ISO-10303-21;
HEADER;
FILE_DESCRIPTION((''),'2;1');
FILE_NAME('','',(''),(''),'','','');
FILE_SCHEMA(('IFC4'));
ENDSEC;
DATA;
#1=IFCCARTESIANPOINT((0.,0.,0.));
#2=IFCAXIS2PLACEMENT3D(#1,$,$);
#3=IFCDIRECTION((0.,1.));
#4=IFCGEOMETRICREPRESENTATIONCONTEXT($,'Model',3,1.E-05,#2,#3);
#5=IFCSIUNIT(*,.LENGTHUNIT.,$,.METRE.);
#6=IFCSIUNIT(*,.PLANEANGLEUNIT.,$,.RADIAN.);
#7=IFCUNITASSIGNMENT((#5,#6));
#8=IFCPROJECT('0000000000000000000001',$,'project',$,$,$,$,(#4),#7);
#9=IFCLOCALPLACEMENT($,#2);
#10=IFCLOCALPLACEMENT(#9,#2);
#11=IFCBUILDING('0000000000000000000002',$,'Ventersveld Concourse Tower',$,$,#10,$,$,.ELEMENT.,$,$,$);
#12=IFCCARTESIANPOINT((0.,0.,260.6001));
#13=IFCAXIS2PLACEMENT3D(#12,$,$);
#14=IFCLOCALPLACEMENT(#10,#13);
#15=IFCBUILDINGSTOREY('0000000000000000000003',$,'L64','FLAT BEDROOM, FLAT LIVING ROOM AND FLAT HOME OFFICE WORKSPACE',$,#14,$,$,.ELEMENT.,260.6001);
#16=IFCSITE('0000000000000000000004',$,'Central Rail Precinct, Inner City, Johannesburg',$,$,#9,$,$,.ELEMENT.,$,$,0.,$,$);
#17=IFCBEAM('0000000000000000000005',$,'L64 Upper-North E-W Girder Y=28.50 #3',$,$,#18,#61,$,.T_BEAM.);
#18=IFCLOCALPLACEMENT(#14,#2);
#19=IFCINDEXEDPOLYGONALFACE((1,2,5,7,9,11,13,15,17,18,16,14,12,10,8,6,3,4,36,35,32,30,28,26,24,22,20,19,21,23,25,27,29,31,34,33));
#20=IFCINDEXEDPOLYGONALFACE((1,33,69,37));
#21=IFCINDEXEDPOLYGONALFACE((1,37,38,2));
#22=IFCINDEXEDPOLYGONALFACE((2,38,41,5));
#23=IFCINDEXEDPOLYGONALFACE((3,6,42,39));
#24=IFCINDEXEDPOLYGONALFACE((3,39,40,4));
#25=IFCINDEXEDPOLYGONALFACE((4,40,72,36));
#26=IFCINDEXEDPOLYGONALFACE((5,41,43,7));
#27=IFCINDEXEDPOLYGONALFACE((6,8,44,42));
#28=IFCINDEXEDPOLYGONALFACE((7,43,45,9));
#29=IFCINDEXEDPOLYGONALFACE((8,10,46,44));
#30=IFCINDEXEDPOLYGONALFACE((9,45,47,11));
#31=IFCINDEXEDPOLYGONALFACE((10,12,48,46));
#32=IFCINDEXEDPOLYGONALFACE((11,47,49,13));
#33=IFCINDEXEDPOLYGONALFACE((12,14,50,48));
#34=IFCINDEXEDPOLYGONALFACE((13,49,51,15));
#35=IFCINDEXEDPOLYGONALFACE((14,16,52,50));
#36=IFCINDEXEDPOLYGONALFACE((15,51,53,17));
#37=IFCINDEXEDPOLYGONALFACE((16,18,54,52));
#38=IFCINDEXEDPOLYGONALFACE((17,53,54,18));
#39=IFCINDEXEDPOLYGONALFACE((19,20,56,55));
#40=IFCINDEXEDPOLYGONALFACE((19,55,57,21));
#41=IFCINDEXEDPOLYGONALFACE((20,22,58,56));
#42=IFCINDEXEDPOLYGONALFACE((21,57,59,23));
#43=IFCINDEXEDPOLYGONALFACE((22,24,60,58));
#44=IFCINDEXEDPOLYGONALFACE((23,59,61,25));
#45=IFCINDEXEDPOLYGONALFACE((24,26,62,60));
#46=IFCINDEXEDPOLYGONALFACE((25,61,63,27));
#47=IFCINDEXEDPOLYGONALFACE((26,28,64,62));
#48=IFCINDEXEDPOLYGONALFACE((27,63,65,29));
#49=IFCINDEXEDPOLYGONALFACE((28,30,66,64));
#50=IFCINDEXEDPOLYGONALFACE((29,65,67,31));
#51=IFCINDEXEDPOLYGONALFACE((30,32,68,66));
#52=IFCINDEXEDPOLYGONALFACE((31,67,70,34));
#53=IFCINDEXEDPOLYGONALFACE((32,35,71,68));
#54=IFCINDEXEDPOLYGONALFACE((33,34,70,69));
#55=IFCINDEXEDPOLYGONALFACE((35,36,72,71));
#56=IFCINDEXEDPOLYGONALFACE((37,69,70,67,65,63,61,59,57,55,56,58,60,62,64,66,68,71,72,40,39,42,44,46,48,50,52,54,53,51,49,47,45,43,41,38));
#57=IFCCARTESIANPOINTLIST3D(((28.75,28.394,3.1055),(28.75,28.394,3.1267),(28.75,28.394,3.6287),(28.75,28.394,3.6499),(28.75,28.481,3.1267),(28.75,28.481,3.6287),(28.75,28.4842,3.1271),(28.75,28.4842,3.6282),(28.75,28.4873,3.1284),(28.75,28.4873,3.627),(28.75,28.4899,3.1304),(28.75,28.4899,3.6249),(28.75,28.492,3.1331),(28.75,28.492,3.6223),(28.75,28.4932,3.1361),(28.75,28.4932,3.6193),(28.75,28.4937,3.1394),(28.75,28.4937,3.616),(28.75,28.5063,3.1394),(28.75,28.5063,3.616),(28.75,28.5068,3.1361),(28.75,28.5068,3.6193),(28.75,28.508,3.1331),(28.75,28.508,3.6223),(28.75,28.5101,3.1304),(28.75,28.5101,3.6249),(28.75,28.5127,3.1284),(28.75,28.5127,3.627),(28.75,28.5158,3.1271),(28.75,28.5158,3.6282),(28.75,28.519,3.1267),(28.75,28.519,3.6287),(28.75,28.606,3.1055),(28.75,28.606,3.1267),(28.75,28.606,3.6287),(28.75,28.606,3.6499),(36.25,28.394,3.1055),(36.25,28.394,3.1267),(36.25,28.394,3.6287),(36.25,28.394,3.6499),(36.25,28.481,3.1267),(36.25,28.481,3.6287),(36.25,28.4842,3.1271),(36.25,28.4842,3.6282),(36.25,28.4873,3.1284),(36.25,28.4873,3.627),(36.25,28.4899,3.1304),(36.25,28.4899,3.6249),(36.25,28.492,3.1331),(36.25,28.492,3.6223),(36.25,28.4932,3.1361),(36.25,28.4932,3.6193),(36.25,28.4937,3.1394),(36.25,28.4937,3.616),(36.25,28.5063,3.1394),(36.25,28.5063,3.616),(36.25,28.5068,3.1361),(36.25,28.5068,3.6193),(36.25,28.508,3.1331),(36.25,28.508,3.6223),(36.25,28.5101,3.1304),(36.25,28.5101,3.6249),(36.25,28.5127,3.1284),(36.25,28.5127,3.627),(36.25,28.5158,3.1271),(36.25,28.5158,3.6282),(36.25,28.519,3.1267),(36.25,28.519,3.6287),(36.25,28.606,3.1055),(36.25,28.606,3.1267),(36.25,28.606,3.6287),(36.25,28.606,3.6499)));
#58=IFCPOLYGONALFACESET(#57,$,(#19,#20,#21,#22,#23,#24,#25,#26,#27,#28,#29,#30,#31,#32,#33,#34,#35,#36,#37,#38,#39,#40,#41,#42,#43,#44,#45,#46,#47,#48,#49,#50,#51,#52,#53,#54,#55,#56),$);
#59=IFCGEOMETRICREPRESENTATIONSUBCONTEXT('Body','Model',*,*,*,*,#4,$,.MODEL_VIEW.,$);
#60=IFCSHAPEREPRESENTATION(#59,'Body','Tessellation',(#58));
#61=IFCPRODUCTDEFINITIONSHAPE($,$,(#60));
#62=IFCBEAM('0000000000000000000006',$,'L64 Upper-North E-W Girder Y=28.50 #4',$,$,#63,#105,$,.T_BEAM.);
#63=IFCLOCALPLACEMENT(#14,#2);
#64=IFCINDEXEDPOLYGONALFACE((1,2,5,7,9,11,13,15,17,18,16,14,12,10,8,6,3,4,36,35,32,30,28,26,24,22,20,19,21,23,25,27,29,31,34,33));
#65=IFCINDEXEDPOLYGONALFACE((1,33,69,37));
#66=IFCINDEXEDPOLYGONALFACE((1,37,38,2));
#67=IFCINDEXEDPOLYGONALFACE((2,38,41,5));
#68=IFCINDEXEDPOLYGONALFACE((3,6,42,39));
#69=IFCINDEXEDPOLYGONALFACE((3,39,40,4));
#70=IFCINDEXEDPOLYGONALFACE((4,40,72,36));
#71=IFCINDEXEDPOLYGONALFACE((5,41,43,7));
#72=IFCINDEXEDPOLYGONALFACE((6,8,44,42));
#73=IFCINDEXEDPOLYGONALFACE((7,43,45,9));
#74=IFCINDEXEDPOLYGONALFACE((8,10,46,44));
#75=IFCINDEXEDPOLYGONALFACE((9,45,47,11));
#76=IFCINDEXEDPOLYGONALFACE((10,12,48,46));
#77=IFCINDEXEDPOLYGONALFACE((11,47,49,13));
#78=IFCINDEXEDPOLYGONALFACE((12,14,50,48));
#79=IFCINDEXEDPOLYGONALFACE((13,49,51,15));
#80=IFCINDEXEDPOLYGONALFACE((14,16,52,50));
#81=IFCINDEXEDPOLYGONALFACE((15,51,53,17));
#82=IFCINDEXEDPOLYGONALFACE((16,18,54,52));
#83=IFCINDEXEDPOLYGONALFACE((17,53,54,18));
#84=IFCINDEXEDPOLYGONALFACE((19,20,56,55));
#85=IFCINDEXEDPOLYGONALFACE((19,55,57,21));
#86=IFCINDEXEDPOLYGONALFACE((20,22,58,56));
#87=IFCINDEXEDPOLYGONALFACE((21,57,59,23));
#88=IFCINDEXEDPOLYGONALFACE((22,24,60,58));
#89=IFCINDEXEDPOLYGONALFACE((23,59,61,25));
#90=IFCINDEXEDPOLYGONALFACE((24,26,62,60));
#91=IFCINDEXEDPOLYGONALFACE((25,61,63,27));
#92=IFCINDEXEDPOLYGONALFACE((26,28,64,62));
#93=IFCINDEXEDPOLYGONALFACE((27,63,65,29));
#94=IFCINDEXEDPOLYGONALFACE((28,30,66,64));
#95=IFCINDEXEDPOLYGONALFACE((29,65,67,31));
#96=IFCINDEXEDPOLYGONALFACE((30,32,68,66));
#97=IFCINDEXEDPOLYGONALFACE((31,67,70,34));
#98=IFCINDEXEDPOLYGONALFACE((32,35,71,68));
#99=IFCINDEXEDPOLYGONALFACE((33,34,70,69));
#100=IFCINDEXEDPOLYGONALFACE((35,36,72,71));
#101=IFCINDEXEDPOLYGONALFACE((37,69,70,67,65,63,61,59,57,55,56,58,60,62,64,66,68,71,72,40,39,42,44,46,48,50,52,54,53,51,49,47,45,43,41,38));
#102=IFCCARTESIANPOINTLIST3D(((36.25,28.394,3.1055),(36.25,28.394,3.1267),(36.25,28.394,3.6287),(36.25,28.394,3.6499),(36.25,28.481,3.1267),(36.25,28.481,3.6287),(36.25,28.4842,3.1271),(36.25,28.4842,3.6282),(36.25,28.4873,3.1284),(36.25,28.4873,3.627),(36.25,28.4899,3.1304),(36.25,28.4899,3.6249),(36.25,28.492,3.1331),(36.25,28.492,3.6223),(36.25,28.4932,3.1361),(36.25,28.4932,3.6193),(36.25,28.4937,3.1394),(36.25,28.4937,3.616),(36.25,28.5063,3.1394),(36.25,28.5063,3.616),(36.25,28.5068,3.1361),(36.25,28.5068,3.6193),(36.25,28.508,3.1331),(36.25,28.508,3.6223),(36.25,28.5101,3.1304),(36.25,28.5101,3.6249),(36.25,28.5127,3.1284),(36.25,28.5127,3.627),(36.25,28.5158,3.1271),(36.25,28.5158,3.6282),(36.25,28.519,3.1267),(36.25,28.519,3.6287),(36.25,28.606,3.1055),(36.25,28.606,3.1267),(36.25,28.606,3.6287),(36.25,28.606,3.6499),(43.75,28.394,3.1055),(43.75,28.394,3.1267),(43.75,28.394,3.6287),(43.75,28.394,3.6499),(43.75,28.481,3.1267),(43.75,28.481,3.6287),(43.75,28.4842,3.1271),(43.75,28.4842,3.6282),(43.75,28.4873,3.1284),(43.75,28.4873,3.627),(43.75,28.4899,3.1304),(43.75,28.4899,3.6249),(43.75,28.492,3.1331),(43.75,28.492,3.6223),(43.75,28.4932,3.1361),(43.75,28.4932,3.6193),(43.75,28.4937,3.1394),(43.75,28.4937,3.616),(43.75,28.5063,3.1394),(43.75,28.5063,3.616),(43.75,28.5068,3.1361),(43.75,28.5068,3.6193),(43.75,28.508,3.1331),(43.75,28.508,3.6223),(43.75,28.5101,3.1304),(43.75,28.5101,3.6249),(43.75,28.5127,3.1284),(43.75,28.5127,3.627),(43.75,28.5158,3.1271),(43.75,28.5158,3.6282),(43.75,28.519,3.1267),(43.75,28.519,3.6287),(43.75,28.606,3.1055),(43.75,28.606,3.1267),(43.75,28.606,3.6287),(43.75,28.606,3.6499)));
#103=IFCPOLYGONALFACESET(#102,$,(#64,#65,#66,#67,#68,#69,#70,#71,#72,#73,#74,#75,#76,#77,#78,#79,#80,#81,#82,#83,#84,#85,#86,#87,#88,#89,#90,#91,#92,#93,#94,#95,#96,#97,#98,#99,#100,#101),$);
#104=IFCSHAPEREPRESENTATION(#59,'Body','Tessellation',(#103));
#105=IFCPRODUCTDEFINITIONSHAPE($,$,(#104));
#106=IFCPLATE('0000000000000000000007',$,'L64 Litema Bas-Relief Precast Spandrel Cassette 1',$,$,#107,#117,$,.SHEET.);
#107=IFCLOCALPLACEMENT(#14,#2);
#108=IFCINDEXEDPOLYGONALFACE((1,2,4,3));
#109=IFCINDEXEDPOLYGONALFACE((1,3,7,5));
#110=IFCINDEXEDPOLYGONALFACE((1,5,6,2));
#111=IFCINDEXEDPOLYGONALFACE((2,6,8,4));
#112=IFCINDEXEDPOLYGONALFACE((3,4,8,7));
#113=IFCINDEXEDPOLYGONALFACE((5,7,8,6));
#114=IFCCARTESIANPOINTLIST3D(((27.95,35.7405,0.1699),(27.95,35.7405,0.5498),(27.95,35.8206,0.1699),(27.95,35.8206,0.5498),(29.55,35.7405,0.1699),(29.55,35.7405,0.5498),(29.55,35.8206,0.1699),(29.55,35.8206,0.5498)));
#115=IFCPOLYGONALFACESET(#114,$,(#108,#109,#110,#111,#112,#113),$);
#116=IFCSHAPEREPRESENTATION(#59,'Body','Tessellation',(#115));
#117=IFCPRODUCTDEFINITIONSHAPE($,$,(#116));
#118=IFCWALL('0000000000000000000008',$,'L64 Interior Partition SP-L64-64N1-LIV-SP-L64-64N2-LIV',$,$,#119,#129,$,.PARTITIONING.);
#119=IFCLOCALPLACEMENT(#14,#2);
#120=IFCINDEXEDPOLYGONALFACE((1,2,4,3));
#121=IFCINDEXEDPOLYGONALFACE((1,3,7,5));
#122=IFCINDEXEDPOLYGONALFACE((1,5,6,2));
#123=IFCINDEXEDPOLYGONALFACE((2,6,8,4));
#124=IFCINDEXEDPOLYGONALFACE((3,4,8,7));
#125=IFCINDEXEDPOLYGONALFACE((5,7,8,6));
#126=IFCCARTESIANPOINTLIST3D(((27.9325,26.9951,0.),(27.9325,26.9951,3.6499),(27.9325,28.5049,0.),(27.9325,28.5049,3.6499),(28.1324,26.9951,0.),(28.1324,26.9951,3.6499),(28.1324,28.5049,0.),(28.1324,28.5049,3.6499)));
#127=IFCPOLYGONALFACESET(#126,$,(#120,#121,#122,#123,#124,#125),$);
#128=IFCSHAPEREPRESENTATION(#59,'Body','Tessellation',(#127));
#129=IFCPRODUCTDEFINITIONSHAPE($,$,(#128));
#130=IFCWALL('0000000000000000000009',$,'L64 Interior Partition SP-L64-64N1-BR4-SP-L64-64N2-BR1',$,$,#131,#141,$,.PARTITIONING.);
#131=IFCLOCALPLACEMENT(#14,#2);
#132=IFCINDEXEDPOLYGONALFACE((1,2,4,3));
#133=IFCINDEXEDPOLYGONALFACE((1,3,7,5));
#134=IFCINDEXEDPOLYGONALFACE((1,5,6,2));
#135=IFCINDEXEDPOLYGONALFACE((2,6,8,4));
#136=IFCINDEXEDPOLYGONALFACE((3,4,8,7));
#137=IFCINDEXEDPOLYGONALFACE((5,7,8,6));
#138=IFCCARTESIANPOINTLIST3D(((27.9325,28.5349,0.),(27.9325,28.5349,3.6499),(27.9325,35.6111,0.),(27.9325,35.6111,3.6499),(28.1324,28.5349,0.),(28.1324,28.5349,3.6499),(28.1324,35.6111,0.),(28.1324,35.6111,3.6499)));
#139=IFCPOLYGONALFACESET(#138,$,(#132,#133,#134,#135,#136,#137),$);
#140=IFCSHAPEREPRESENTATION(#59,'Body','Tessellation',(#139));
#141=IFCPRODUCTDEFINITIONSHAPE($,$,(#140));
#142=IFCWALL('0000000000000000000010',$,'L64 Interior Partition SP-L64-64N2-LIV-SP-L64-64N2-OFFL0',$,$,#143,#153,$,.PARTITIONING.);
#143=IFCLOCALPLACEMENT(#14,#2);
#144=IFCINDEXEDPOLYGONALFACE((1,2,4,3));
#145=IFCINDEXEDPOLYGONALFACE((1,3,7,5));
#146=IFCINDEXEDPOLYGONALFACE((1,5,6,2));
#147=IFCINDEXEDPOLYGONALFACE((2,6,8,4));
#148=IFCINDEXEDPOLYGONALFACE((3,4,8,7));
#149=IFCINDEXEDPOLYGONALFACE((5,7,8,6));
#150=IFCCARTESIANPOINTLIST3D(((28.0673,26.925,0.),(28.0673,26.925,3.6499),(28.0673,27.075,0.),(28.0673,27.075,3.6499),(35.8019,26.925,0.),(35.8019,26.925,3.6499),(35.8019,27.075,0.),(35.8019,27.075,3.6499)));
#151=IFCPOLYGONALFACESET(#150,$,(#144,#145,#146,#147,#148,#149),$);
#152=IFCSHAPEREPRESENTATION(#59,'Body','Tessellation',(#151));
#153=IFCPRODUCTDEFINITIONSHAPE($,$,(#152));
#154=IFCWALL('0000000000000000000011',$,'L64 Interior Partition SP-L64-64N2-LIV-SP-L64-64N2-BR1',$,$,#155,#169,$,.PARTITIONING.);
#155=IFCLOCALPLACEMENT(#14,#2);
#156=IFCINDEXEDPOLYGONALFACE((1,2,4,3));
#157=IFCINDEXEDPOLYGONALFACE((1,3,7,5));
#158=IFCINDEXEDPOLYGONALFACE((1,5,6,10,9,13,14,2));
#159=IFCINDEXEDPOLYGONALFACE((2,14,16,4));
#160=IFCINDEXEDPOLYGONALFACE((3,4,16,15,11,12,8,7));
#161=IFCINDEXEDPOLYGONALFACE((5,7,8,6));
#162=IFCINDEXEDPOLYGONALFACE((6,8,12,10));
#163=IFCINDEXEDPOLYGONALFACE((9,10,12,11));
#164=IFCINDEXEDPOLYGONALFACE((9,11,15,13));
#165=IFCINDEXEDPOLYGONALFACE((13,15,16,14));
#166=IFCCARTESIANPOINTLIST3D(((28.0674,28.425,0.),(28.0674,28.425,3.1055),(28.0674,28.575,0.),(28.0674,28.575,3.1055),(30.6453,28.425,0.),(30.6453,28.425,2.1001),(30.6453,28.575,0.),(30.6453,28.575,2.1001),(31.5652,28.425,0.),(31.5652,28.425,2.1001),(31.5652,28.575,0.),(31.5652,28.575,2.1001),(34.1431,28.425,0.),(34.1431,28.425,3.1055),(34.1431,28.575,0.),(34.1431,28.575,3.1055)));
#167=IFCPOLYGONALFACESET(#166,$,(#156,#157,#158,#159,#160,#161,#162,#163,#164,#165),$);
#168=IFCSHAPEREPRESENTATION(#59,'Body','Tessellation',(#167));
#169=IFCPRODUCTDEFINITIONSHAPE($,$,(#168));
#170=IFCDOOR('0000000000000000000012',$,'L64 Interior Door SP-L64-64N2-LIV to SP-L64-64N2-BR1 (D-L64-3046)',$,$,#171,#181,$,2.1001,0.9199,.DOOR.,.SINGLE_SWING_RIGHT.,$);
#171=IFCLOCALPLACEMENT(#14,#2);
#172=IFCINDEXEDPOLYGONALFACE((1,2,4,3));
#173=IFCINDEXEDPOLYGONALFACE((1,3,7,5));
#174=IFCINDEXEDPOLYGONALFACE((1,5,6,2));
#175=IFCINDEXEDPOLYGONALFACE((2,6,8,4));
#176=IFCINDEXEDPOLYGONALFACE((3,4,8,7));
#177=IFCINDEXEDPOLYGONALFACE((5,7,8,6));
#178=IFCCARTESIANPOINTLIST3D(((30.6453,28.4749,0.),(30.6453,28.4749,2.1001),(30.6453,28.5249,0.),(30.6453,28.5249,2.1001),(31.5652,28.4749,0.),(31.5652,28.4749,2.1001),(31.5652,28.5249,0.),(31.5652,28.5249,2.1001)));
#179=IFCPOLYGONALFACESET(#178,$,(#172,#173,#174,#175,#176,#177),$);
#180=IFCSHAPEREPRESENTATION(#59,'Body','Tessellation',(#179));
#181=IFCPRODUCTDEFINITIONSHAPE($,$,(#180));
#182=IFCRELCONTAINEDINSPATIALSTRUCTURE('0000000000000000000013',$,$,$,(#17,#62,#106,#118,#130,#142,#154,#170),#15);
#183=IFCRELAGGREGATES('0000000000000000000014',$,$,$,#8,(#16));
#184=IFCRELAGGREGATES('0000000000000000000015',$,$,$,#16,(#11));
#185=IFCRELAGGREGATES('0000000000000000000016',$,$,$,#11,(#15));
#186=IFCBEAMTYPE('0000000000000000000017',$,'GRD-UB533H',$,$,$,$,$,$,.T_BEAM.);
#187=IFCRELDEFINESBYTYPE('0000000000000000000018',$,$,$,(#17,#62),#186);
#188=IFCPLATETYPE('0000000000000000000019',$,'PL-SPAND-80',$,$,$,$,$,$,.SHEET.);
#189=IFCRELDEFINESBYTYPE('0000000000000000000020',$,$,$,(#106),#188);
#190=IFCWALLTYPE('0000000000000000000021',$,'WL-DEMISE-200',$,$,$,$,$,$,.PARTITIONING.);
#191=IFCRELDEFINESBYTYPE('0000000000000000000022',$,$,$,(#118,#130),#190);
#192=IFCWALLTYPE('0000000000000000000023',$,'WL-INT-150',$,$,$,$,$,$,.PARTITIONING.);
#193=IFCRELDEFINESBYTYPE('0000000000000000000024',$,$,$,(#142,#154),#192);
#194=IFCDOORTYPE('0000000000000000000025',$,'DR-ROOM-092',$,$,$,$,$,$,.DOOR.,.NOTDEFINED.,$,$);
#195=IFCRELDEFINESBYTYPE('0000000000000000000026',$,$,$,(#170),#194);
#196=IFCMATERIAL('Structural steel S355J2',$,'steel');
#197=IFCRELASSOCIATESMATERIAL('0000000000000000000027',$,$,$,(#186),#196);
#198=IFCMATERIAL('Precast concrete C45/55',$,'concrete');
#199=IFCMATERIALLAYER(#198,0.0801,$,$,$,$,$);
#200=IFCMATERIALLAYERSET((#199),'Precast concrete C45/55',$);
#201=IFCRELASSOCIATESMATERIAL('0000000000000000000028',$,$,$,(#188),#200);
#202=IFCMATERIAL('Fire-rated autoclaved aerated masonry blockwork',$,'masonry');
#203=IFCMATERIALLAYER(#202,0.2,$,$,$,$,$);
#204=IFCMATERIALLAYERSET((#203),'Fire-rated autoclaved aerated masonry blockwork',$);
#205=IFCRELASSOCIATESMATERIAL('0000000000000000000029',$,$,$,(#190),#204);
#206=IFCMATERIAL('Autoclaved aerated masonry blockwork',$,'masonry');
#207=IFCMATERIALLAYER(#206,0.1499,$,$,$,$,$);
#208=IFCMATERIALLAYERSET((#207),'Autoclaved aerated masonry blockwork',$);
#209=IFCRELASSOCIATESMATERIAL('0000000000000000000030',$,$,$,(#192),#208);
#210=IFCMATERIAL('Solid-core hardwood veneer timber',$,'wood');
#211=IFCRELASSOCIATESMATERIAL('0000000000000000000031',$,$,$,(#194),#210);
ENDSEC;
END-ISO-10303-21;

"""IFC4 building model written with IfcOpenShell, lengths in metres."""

from ifc_helpers import new_model, si_unit, direction, frame, frame_2d, origin, origin_2d, place, context, subcontext, project, spatial, rectangle, i_section, extrude, material, layer, layer_set, material_profile, profile_set, type_object, element, fill, save


model = new_model("IFC4")

# Units and contexts
model_context = context("Model", 3, precision=1e-05, world=origin(), true_north=direction((0.0, 1.0)))
body_context = subcontext(model_context, "Body", "Model", "MODEL_VIEW")
ifc_project = project(units=[si_unit("LENGTHUNIT", "METRE"), si_unit("PLANEANGLEUNIT", "RADIAN")], contexts=[model_context])

# Site, building, storey
site_placement = place(None, origin())
site = spatial("IfcSite", under=ifc_project, at=site_placement, Name="Central Rail Precinct, Inner City, Johannesburg", CompositionType="ELEMENT", RefElevation=0.0)
building_placement = place(site_placement, origin())
building = spatial("IfcBuilding", under=site, at=building_placement, Name="Ventersveld Concourse Tower", CompositionType="ELEMENT")
storey_placement = place(building_placement, frame((0.0, 0.0, 260.6001)))
storey = spatial("IfcBuildingStorey", under=building, at=storey_placement, Name="L64", Description="FLAT BEDROOM, FLAT LIVING ROOM AND FLAT HOME OFFICE WORKSPACE", CompositionType="ELEMENT", Elevation=260.6001)

# Beams
ifc_material_1 = material(Name="Structural steel S355J2", Category="steel")
ifc_material_profile_1 = material_profile(ifc_material_1, i_section(OverallWidth=0.2119, OverallDepth=0.5444, WebThickness=0.0127, FlangeThickness=0.0212, FilletRadius=0.0127, at=origin_2d()), Name="UB 533x210x122")
ifc_profile_set_1 = profile_set([ifc_material_profile_1], Name="Structural steel S355J2")
beam_type_1 = type_object("IfcBeamType", Name="GRD-UB533H", PredefinedType="T_BEAM", material=ifc_profile_set_1)
for number, where, z_axis, x_axis, name in (
    (1, (28.75, 28.5, 3.3777), (1.0, 0.0, 0.0), (0.0, 1.0, 0.0), "L64 Upper-North E-W Girder Y=28.50 #3"),
    (2, (36.25, 28.5, 3.3777), (1.0, 0.0, 0.0), (0.0, 1.0, 0.0), "L64 Upper-North E-W Girder Y=28.50 #4"),
):
    element("IfcBeam", number, at=place(storey_placement, frame(where, z_axis=z_axis, x_axis=x_axis)), inside=storey, type_object=beam_type_1, Name=name, PredefinedType="T_BEAM", context=body_context, shape_type="SweptSolid", body=[
        extrude(i_section(OverallWidth=0.2119, OverallDepth=0.5444, WebThickness=0.0127, FlangeThickness=0.0212, FilletRadius=0.0127, at=origin_2d()), origin(), (0.0, 0.0, 1.0), 7.5),
    ])

# Plate
ifc_material_2 = material(Name="Precast concrete C45/55", Category="concrete")
ifc_layer_1 = layer(ifc_material_2, 0.0801)
ifc_layer_set_1 = layer_set([ifc_layer_1], Name="Precast concrete C45/55")
plate_type = type_object("IfcPlateType", Name="PL-SPAND-80", PredefinedType="SHEET", material=ifc_layer_set_1)
plate_placement = place(storey_placement, frame((28.75, 35.7805, 0.1699), z_axis=(0.0, 0.0, 1.0), x_axis=(-1.0, 0.0, 0.0)))
element("IfcPlate", 3, at=plate_placement, inside=storey, type_object=plate_type, Name="L64 Litema Bas-Relief Precast Spandrel Cassette 1", PredefinedType="SHEET", context=body_context, shape_type="SweptSolid", body=[
    extrude(rectangle(XDim=1.6001, YDim=0.0801, at=origin_2d()), origin(), (0.0, 0.0, 1.0), 0.3799),
])

# Walls
ifc_material_3 = material(Name="Fire-rated autoclaved aerated masonry blockwork", Category="masonry")
ifc_layer_2 = layer(ifc_material_3, 0.2)
ifc_layer_set_2 = layer_set([ifc_layer_2], Name="Fire-rated autoclaved aerated masonry blockwork")
wall_type_1 = type_object("IfcWallType", Name="WL-DEMISE-200", PredefinedType="PARTITIONING", material=ifc_layer_set_2)
wall_1_placement = place(storey_placement, frame((28.0325, 26.9951, 0.0), z_axis=(0.0, 0.0, 1.0), x_axis=(0.0, 1.0, 0.0)))
element("IfcWall", 4, at=wall_1_placement, inside=storey, type_object=wall_type_1, Name="L64 Interior Partition SP-L64-64N1-LIV-SP-L64-64N2-LIV", PredefinedType="PARTITIONING", context=body_context, shape_type="SweptSolid", body=[
    extrude(rectangle(XDim=1.5098, YDim=0.2, at=frame_2d((0.7549, 0.0))), origin(), (0.0, 0.0, 1.0), 3.6499),
])
wall_2_placement = place(storey_placement, frame((28.0325, 28.5349, 0.0), z_axis=(0.0, 0.0, 1.0), x_axis=(0.0, 1.0, 0.0)))
element("IfcWall", 5, at=wall_2_placement, inside=storey, type_object=wall_type_1, Name="L64 Interior Partition SP-L64-64N1-BR4-SP-L64-64N2-BR1", PredefinedType="PARTITIONING", context=body_context, shape_type="SweptSolid", body=[
    extrude(rectangle(XDim=7.0762, YDim=0.2, at=frame_2d((3.5381, 0.0))), origin(), (0.0, 0.0, 1.0), 3.6499),
])
ifc_material_4 = material(Name="Autoclaved aerated masonry blockwork", Category="masonry")
ifc_layer_3 = layer(ifc_material_4, 0.1499)
ifc_layer_set_3 = layer_set([ifc_layer_3], Name="Autoclaved aerated masonry blockwork")
wall_type_2 = type_object("IfcWallType", Name="WL-INT-150", PredefinedType="PARTITIONING", material=ifc_layer_set_3)
wall_3_placement = place(storey_placement, frame((28.0674, 27.0, 0.0), z_axis=(0.0, 0.0, 1.0), x_axis=(1.0, 0.0, 0.0)))
element("IfcWall", 6, at=wall_3_placement, inside=storey, type_object=wall_type_2, Name="L64 Interior Partition SP-L64-64N2-LIV-SP-L64-64N2-OFFL0", PredefinedType="PARTITIONING", context=body_context, shape_type="SweptSolid", body=[
    extrude(rectangle(XDim=7.7346, YDim=0.1499, at=frame_2d((3.8672, 0.0))), origin(), (0.0, 0.0, 1.0), 3.6499),
])

# Wall, opening, door
wall_4_placement = place(storey_placement, frame((28.0674, 28.5, 0.0), z_axis=(0.0, 0.0, 1.0), x_axis=(1.0, 0.0, 0.0)))
wall_4 = element("IfcWall", 7, at=wall_4_placement, inside=storey, type_object=wall_type_2, Name="L64 Interior Partition SP-L64-64N2-LIV-SP-L64-64N2-BR1", PredefinedType="PARTITIONING", context=body_context, shape_type="SweptSolid", body=[
    extrude(rectangle(XDim=6.0757, YDim=0.1499, at=frame_2d((3.0378, 0.0))), origin(), (0.0, 0.0, 1.0), 3.1055),
])
opening_1_placement = place(wall_4_placement, frame((2.5779, 0.0, 0.0)))
opening_1 = element("IfcOpeningElement", 8, at=opening_1_placement, cuts=wall_4, PredefinedType="OPENING", context=body_context, shape_type="SweptSolid", body=[
    extrude(rectangle(XDim=0.9199, YDim=2.1001, at=frame_2d((0.46, 1.05))), frame((0.0, 0.085, 0.0), z_axis=(0.0, -1.0, 0.0), x_axis=(1.0, 0.0, 0.0)), (0.0, 0.0, 1.0), 0.1699),
])
ifc_material_5 = material(Name="Solid-core hardwood veneer timber", Category="wood")
door_type = type_object("IfcDoorType", Name="DR-ROOM-092", OperationType="NOTDEFINED", PredefinedType="DOOR", material=ifc_material_5)
door_1_placement = place(opening_1_placement, origin())
door_1 = element("IfcDoor", 9, at=door_1_placement, inside=storey, type_object=door_type, Name="L64 Interior Door SP-L64-64N2-LIV to SP-L64-64N2-BR1 (D-L64-3046)", OperationType="SINGLE_SWING_RIGHT", OverallHeight=2.1001, OverallWidth=0.9199, PredefinedType="DOOR", context=body_context, shape_type="SweptSolid", body=[
    extrude(rectangle(XDim=0.9199, YDim=2.1001, at=frame_2d((0.46, 1.05))), frame((0.0, 0.0249, 0.0), z_axis=(0.0, -1.0, 0.0), x_axis=(1.0, 0.0, 0.0)), (0.0, 0.0, 1.0), 0.05),
])
fill(opening_1, door_1)

save(model, "model.ifc")
